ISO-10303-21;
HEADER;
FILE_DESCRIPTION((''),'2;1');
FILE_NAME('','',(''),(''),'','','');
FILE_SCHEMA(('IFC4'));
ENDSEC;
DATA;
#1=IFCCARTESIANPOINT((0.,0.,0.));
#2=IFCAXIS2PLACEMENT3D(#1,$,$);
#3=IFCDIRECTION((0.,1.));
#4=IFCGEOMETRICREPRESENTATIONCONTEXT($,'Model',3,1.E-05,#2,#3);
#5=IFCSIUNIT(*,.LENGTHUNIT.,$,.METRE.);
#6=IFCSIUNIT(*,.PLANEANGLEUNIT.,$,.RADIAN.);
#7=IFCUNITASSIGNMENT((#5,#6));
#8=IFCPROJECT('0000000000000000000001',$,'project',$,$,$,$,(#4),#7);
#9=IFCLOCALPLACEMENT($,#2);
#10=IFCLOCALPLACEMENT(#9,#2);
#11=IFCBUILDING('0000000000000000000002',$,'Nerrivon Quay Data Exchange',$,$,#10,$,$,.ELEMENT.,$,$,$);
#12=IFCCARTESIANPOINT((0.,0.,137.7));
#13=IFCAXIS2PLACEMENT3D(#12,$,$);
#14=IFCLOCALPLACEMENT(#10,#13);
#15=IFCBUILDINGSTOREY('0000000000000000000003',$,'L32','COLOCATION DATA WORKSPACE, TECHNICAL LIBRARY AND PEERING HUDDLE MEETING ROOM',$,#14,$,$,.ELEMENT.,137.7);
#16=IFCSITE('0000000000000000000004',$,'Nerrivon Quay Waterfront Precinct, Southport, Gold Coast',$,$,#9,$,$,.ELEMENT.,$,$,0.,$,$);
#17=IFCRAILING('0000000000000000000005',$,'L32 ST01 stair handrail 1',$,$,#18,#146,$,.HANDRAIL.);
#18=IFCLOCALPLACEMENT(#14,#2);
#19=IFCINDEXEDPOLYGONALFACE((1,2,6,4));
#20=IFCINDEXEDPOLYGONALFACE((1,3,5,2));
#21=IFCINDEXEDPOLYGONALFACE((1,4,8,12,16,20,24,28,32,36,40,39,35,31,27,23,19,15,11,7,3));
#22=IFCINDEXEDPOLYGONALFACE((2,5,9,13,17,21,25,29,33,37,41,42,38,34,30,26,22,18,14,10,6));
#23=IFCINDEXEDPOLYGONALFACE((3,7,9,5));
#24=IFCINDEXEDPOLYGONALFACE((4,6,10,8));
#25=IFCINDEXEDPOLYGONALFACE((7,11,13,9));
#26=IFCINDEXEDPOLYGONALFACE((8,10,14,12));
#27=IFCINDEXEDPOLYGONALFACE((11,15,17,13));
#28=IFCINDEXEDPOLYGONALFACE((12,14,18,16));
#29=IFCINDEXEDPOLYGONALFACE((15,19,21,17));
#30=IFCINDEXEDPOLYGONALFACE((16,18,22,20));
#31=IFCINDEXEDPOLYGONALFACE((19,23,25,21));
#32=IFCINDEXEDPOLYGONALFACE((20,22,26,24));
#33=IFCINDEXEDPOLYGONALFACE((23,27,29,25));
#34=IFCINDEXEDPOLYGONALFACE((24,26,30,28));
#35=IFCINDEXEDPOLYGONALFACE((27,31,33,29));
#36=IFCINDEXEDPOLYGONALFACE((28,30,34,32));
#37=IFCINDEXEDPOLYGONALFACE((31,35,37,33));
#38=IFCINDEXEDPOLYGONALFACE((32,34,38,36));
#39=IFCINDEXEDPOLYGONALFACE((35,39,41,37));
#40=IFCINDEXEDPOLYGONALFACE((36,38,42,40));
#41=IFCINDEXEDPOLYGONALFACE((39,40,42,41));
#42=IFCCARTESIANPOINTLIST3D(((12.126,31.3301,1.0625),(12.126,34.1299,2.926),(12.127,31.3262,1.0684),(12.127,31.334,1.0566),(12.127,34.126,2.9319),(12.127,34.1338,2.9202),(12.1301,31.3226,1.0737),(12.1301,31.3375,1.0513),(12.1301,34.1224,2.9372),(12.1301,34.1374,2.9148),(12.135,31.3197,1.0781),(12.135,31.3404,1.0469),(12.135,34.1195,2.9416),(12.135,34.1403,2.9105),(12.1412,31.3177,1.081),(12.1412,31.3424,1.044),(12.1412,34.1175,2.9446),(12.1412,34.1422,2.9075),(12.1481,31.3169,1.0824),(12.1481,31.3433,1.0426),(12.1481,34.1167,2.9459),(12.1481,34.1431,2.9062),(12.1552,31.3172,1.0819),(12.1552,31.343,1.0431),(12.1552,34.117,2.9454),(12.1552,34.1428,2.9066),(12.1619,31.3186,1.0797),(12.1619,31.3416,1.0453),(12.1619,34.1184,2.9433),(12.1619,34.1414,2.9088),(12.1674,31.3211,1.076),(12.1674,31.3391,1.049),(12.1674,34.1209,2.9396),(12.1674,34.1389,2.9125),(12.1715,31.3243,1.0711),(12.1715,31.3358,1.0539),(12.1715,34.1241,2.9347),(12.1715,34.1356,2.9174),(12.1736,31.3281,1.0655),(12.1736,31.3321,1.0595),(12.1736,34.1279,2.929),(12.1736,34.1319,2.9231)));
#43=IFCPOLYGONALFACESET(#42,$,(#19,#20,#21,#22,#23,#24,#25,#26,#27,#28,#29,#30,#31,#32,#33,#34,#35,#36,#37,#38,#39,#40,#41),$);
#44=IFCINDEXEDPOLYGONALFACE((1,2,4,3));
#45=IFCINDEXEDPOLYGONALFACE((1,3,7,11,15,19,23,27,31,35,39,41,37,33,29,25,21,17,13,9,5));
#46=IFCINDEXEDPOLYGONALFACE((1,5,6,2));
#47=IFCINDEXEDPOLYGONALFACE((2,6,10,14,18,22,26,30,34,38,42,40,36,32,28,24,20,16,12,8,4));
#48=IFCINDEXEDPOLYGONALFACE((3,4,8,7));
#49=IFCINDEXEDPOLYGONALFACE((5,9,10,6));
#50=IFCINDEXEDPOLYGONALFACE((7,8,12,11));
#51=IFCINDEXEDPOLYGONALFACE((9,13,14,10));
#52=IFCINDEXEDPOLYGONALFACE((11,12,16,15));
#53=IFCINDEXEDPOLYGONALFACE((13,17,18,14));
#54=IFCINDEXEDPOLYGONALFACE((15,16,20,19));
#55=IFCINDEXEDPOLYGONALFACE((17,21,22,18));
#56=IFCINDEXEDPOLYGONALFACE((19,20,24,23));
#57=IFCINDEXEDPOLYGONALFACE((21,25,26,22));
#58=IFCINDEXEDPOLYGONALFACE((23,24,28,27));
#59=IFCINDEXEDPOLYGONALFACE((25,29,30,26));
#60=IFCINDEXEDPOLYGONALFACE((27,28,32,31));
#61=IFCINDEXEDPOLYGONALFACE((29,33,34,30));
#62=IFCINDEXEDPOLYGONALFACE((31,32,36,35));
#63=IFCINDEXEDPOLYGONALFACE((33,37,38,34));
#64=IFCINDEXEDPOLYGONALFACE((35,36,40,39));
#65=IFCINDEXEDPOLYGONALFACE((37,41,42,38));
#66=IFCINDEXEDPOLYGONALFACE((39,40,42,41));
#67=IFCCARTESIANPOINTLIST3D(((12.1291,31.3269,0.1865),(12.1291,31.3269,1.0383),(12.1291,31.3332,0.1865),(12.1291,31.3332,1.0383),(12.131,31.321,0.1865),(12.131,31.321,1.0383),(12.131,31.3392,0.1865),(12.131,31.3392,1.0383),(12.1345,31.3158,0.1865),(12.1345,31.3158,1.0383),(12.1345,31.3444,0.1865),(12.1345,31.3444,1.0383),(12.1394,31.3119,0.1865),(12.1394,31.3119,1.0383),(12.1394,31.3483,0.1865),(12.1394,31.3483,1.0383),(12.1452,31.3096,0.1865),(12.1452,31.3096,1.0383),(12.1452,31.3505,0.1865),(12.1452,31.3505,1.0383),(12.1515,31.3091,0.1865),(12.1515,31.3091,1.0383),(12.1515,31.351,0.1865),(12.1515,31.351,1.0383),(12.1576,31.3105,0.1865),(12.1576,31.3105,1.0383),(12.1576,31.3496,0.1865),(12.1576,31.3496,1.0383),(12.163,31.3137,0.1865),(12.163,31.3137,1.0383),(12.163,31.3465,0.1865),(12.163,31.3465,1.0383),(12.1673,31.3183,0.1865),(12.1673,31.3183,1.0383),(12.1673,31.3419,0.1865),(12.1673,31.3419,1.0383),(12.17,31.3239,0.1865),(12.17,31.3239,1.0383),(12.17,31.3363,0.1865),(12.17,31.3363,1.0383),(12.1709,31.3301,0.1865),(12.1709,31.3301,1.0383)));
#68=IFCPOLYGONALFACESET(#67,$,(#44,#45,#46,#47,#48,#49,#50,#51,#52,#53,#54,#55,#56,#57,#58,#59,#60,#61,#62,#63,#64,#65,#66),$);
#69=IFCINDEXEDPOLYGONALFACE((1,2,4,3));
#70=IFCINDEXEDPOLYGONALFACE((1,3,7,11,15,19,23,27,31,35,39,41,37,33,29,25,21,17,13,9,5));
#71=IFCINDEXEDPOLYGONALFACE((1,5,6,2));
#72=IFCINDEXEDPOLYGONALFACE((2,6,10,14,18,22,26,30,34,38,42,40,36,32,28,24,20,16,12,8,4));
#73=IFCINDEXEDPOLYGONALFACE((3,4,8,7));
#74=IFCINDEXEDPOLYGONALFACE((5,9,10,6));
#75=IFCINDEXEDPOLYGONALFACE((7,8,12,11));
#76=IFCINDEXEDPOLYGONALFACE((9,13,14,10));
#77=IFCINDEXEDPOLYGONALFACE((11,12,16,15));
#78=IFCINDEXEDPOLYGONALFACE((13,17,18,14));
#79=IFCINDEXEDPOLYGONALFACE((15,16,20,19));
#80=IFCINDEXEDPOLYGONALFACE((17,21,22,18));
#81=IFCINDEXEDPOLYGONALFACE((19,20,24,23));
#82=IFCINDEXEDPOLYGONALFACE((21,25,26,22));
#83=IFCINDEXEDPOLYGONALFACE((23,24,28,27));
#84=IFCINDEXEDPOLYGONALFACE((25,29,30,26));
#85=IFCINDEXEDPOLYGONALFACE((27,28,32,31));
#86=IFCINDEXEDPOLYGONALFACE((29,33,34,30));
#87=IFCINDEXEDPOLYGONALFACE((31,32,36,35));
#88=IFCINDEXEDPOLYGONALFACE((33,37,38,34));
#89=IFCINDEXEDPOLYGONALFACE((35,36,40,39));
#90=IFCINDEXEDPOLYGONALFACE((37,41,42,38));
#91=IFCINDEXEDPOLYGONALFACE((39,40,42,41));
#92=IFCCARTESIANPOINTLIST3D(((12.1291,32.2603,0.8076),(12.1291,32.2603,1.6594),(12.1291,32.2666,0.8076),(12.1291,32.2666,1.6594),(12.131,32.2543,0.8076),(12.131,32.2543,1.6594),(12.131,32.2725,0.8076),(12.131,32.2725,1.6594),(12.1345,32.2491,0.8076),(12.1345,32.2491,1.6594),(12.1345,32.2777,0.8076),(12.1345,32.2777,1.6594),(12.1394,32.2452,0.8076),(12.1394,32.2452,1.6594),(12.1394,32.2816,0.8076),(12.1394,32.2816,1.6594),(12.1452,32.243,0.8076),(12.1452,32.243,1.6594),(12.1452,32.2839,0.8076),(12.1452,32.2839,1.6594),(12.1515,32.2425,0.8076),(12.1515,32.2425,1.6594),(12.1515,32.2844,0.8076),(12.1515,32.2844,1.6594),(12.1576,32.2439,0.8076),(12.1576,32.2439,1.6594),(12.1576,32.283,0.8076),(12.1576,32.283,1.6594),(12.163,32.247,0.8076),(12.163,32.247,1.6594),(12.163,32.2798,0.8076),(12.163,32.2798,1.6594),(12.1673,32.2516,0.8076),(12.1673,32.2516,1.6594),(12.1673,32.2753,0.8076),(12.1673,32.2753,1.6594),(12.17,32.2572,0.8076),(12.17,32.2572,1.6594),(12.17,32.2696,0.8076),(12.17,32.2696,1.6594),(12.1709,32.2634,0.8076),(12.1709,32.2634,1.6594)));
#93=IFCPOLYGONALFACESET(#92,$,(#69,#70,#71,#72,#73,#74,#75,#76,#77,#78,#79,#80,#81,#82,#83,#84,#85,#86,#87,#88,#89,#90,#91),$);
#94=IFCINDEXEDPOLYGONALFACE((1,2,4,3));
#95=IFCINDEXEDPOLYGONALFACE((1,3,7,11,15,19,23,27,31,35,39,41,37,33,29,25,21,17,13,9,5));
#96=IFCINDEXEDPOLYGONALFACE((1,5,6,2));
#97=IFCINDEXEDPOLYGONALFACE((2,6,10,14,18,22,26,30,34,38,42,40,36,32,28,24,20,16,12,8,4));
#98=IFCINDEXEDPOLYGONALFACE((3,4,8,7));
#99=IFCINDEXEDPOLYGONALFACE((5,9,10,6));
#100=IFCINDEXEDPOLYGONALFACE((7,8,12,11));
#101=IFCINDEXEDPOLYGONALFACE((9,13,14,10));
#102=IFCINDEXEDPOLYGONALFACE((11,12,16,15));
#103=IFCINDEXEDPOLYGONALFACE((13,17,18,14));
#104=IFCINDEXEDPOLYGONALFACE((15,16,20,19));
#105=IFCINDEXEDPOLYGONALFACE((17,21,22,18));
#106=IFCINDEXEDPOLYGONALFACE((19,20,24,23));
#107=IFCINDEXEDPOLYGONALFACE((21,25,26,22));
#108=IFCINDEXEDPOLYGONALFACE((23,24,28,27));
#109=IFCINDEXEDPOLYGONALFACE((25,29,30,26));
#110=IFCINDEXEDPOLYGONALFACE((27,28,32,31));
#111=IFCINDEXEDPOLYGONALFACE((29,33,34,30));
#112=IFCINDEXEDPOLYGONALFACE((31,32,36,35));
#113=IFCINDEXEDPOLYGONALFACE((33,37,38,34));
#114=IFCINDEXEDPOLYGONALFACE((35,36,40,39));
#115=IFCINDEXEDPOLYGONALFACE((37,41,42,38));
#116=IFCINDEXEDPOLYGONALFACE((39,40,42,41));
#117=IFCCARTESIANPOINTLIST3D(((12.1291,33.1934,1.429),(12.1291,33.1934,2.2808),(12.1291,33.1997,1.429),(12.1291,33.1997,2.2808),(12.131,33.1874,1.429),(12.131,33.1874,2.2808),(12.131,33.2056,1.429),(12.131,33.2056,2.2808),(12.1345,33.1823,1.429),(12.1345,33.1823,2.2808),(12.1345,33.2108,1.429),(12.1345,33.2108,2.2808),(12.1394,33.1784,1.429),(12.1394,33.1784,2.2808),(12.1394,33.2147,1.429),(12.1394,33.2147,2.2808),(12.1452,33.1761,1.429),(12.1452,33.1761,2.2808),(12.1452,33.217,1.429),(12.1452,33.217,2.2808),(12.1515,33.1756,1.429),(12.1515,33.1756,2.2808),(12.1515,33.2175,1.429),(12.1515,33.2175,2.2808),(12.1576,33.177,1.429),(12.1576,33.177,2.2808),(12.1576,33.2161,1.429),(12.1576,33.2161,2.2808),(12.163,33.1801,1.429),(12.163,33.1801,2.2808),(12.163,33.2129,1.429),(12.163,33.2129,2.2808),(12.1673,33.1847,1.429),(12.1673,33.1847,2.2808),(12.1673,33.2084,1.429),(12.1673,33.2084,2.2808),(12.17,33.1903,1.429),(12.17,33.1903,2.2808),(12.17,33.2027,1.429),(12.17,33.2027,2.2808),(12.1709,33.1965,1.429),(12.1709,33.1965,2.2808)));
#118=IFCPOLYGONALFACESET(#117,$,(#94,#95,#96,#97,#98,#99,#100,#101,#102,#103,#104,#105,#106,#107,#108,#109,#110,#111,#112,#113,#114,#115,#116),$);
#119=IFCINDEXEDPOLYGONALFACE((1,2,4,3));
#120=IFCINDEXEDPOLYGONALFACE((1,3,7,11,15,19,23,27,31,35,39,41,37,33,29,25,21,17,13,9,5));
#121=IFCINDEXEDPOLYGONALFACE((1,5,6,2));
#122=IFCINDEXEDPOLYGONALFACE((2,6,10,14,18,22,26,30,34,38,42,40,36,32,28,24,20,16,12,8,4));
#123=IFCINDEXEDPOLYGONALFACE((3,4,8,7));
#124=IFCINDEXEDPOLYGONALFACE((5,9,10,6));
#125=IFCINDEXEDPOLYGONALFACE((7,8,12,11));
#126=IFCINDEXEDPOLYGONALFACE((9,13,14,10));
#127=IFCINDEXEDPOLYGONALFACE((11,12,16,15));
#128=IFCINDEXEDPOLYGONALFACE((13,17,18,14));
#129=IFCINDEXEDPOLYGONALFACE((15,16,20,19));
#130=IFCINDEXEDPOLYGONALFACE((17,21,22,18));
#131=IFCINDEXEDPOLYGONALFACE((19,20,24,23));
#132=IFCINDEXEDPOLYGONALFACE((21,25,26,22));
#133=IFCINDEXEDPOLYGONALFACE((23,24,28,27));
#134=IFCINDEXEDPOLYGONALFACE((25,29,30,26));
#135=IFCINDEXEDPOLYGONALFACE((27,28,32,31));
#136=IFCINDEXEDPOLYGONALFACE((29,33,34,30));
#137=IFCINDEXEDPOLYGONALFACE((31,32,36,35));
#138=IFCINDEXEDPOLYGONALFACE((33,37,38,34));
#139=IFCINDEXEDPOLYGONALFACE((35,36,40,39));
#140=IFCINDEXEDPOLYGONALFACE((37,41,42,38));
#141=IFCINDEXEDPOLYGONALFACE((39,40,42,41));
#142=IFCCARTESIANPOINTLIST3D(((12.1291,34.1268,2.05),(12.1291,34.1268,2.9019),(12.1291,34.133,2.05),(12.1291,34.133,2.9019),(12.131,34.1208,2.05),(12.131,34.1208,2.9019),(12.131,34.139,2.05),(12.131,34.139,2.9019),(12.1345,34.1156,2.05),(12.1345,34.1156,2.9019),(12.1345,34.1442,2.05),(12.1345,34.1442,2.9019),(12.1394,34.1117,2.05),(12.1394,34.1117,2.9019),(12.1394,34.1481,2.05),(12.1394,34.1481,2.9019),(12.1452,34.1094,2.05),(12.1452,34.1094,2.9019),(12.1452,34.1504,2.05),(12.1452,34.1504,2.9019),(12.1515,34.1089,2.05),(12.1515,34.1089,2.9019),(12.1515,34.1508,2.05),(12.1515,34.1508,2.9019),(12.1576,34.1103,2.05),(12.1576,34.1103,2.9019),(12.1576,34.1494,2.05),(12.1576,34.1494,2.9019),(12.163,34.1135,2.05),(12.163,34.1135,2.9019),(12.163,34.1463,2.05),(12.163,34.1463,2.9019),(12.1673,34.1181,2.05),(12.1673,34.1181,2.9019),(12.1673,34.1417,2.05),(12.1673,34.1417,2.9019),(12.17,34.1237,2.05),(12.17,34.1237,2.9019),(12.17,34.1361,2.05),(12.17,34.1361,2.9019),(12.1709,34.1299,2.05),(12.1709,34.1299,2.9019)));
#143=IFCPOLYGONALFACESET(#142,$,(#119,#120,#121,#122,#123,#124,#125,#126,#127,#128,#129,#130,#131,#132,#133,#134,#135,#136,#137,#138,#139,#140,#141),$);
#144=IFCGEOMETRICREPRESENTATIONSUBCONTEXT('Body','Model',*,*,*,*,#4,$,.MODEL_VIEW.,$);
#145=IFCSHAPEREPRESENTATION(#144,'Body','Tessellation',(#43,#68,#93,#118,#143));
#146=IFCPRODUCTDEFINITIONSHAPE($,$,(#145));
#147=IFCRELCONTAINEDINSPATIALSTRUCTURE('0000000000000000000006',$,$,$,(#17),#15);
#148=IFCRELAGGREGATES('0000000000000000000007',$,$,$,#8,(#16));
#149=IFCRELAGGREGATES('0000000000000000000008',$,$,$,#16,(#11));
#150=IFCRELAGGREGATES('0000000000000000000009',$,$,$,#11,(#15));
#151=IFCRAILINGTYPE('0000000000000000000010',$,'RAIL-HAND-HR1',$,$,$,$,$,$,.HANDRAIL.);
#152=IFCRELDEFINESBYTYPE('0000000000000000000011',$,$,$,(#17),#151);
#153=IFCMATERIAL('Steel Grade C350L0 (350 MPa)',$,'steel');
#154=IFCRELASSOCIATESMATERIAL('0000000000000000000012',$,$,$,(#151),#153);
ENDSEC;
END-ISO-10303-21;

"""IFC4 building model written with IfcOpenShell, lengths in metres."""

from ifc_helpers import new_model, si_unit, direction, frame, origin, origin_2d, place, context, subcontext, project, spatial, circle, extrude, material, type_object, element, save


model = new_model("IFC4")

# Units and contexts
model_context = context("Model", 3, precision=1e-05, world=origin(), true_north=direction((0.0, 1.0)))
body_context = subcontext(model_context, "Body", "Model", "MODEL_VIEW")
ifc_project = project(units=[si_unit("LENGTHUNIT", "METRE"), si_unit("PLANEANGLEUNIT", "RADIAN")], contexts=[model_context])

# Site, building, storey
site_placement = place(None, origin())
site = spatial("IfcSite", under=ifc_project, at=site_placement, Name="Nerrivon Quay Waterfront Precinct, Southport, Gold Coast", CompositionType="ELEMENT", RefElevation=0.0)
building_placement = place(site_placement, origin())
building = spatial("IfcBuilding", under=site, at=building_placement, Name="Nerrivon Quay Data Exchange", CompositionType="ELEMENT")
storey_placement = place(building_placement, frame((0.0, 0.0, 137.7)))
storey = spatial("IfcBuildingStorey", under=building, at=storey_placement, Name="L32", Description="COLOCATION DATA WORKSPACE, TECHNICAL LIBRARY AND PEERING HUDDLE MEETING ROOM", CompositionType="ELEMENT", Elevation=137.7)

# Railing
ifc_material_1 = material(Name="Steel Grade C350L0 (350 MPa)", Category="steel")
railing_type_1 = type_object("IfcRailingType", Name="RAIL-HAND-HR1", PredefinedType="HANDRAIL", material=ifc_material_1)
railing_1_placement = place(storey_placement, frame((12.1499, 31.3301, 0.1865)))
element("IfcRailing", 1, at=railing_1_placement, inside=storey, type_object=railing_type_1, Name="L32 ST01 stair handrail 1", PredefinedType="HANDRAIL", context=body_context, shape_type="SweptSolid", body=[
    extrude(circle(Radius=0.0239, at=origin_2d()), frame((0.0, 0.0, 0.876), z_axis=(0.0, 0.832463, 0.55408), x_axis=(-1.0, 0.0, 0.0)), (0.0, 0.0, 1.0), 3.3633),
    extrude(circle(Radius=0.021, at=origin_2d()), origin(), (0.0, 0.0, 1.0), 0.8518),
    extrude(circle(Radius=0.021, at=origin_2d()), frame((0.0, 0.9333, 0.6211)), (0.0, 0.0, 1.0), 0.8518),
    extrude(circle(Radius=0.021, at=origin_2d()), frame((0.0, 1.8665, 1.2424)), (0.0, 0.0, 1.0), 0.8518),
    extrude(circle(Radius=0.021, at=origin_2d()), frame((0.0, 2.7998, 1.8635)), (0.0, 0.0, 1.0), 0.8518),
])

save(model, "model.ifc")
